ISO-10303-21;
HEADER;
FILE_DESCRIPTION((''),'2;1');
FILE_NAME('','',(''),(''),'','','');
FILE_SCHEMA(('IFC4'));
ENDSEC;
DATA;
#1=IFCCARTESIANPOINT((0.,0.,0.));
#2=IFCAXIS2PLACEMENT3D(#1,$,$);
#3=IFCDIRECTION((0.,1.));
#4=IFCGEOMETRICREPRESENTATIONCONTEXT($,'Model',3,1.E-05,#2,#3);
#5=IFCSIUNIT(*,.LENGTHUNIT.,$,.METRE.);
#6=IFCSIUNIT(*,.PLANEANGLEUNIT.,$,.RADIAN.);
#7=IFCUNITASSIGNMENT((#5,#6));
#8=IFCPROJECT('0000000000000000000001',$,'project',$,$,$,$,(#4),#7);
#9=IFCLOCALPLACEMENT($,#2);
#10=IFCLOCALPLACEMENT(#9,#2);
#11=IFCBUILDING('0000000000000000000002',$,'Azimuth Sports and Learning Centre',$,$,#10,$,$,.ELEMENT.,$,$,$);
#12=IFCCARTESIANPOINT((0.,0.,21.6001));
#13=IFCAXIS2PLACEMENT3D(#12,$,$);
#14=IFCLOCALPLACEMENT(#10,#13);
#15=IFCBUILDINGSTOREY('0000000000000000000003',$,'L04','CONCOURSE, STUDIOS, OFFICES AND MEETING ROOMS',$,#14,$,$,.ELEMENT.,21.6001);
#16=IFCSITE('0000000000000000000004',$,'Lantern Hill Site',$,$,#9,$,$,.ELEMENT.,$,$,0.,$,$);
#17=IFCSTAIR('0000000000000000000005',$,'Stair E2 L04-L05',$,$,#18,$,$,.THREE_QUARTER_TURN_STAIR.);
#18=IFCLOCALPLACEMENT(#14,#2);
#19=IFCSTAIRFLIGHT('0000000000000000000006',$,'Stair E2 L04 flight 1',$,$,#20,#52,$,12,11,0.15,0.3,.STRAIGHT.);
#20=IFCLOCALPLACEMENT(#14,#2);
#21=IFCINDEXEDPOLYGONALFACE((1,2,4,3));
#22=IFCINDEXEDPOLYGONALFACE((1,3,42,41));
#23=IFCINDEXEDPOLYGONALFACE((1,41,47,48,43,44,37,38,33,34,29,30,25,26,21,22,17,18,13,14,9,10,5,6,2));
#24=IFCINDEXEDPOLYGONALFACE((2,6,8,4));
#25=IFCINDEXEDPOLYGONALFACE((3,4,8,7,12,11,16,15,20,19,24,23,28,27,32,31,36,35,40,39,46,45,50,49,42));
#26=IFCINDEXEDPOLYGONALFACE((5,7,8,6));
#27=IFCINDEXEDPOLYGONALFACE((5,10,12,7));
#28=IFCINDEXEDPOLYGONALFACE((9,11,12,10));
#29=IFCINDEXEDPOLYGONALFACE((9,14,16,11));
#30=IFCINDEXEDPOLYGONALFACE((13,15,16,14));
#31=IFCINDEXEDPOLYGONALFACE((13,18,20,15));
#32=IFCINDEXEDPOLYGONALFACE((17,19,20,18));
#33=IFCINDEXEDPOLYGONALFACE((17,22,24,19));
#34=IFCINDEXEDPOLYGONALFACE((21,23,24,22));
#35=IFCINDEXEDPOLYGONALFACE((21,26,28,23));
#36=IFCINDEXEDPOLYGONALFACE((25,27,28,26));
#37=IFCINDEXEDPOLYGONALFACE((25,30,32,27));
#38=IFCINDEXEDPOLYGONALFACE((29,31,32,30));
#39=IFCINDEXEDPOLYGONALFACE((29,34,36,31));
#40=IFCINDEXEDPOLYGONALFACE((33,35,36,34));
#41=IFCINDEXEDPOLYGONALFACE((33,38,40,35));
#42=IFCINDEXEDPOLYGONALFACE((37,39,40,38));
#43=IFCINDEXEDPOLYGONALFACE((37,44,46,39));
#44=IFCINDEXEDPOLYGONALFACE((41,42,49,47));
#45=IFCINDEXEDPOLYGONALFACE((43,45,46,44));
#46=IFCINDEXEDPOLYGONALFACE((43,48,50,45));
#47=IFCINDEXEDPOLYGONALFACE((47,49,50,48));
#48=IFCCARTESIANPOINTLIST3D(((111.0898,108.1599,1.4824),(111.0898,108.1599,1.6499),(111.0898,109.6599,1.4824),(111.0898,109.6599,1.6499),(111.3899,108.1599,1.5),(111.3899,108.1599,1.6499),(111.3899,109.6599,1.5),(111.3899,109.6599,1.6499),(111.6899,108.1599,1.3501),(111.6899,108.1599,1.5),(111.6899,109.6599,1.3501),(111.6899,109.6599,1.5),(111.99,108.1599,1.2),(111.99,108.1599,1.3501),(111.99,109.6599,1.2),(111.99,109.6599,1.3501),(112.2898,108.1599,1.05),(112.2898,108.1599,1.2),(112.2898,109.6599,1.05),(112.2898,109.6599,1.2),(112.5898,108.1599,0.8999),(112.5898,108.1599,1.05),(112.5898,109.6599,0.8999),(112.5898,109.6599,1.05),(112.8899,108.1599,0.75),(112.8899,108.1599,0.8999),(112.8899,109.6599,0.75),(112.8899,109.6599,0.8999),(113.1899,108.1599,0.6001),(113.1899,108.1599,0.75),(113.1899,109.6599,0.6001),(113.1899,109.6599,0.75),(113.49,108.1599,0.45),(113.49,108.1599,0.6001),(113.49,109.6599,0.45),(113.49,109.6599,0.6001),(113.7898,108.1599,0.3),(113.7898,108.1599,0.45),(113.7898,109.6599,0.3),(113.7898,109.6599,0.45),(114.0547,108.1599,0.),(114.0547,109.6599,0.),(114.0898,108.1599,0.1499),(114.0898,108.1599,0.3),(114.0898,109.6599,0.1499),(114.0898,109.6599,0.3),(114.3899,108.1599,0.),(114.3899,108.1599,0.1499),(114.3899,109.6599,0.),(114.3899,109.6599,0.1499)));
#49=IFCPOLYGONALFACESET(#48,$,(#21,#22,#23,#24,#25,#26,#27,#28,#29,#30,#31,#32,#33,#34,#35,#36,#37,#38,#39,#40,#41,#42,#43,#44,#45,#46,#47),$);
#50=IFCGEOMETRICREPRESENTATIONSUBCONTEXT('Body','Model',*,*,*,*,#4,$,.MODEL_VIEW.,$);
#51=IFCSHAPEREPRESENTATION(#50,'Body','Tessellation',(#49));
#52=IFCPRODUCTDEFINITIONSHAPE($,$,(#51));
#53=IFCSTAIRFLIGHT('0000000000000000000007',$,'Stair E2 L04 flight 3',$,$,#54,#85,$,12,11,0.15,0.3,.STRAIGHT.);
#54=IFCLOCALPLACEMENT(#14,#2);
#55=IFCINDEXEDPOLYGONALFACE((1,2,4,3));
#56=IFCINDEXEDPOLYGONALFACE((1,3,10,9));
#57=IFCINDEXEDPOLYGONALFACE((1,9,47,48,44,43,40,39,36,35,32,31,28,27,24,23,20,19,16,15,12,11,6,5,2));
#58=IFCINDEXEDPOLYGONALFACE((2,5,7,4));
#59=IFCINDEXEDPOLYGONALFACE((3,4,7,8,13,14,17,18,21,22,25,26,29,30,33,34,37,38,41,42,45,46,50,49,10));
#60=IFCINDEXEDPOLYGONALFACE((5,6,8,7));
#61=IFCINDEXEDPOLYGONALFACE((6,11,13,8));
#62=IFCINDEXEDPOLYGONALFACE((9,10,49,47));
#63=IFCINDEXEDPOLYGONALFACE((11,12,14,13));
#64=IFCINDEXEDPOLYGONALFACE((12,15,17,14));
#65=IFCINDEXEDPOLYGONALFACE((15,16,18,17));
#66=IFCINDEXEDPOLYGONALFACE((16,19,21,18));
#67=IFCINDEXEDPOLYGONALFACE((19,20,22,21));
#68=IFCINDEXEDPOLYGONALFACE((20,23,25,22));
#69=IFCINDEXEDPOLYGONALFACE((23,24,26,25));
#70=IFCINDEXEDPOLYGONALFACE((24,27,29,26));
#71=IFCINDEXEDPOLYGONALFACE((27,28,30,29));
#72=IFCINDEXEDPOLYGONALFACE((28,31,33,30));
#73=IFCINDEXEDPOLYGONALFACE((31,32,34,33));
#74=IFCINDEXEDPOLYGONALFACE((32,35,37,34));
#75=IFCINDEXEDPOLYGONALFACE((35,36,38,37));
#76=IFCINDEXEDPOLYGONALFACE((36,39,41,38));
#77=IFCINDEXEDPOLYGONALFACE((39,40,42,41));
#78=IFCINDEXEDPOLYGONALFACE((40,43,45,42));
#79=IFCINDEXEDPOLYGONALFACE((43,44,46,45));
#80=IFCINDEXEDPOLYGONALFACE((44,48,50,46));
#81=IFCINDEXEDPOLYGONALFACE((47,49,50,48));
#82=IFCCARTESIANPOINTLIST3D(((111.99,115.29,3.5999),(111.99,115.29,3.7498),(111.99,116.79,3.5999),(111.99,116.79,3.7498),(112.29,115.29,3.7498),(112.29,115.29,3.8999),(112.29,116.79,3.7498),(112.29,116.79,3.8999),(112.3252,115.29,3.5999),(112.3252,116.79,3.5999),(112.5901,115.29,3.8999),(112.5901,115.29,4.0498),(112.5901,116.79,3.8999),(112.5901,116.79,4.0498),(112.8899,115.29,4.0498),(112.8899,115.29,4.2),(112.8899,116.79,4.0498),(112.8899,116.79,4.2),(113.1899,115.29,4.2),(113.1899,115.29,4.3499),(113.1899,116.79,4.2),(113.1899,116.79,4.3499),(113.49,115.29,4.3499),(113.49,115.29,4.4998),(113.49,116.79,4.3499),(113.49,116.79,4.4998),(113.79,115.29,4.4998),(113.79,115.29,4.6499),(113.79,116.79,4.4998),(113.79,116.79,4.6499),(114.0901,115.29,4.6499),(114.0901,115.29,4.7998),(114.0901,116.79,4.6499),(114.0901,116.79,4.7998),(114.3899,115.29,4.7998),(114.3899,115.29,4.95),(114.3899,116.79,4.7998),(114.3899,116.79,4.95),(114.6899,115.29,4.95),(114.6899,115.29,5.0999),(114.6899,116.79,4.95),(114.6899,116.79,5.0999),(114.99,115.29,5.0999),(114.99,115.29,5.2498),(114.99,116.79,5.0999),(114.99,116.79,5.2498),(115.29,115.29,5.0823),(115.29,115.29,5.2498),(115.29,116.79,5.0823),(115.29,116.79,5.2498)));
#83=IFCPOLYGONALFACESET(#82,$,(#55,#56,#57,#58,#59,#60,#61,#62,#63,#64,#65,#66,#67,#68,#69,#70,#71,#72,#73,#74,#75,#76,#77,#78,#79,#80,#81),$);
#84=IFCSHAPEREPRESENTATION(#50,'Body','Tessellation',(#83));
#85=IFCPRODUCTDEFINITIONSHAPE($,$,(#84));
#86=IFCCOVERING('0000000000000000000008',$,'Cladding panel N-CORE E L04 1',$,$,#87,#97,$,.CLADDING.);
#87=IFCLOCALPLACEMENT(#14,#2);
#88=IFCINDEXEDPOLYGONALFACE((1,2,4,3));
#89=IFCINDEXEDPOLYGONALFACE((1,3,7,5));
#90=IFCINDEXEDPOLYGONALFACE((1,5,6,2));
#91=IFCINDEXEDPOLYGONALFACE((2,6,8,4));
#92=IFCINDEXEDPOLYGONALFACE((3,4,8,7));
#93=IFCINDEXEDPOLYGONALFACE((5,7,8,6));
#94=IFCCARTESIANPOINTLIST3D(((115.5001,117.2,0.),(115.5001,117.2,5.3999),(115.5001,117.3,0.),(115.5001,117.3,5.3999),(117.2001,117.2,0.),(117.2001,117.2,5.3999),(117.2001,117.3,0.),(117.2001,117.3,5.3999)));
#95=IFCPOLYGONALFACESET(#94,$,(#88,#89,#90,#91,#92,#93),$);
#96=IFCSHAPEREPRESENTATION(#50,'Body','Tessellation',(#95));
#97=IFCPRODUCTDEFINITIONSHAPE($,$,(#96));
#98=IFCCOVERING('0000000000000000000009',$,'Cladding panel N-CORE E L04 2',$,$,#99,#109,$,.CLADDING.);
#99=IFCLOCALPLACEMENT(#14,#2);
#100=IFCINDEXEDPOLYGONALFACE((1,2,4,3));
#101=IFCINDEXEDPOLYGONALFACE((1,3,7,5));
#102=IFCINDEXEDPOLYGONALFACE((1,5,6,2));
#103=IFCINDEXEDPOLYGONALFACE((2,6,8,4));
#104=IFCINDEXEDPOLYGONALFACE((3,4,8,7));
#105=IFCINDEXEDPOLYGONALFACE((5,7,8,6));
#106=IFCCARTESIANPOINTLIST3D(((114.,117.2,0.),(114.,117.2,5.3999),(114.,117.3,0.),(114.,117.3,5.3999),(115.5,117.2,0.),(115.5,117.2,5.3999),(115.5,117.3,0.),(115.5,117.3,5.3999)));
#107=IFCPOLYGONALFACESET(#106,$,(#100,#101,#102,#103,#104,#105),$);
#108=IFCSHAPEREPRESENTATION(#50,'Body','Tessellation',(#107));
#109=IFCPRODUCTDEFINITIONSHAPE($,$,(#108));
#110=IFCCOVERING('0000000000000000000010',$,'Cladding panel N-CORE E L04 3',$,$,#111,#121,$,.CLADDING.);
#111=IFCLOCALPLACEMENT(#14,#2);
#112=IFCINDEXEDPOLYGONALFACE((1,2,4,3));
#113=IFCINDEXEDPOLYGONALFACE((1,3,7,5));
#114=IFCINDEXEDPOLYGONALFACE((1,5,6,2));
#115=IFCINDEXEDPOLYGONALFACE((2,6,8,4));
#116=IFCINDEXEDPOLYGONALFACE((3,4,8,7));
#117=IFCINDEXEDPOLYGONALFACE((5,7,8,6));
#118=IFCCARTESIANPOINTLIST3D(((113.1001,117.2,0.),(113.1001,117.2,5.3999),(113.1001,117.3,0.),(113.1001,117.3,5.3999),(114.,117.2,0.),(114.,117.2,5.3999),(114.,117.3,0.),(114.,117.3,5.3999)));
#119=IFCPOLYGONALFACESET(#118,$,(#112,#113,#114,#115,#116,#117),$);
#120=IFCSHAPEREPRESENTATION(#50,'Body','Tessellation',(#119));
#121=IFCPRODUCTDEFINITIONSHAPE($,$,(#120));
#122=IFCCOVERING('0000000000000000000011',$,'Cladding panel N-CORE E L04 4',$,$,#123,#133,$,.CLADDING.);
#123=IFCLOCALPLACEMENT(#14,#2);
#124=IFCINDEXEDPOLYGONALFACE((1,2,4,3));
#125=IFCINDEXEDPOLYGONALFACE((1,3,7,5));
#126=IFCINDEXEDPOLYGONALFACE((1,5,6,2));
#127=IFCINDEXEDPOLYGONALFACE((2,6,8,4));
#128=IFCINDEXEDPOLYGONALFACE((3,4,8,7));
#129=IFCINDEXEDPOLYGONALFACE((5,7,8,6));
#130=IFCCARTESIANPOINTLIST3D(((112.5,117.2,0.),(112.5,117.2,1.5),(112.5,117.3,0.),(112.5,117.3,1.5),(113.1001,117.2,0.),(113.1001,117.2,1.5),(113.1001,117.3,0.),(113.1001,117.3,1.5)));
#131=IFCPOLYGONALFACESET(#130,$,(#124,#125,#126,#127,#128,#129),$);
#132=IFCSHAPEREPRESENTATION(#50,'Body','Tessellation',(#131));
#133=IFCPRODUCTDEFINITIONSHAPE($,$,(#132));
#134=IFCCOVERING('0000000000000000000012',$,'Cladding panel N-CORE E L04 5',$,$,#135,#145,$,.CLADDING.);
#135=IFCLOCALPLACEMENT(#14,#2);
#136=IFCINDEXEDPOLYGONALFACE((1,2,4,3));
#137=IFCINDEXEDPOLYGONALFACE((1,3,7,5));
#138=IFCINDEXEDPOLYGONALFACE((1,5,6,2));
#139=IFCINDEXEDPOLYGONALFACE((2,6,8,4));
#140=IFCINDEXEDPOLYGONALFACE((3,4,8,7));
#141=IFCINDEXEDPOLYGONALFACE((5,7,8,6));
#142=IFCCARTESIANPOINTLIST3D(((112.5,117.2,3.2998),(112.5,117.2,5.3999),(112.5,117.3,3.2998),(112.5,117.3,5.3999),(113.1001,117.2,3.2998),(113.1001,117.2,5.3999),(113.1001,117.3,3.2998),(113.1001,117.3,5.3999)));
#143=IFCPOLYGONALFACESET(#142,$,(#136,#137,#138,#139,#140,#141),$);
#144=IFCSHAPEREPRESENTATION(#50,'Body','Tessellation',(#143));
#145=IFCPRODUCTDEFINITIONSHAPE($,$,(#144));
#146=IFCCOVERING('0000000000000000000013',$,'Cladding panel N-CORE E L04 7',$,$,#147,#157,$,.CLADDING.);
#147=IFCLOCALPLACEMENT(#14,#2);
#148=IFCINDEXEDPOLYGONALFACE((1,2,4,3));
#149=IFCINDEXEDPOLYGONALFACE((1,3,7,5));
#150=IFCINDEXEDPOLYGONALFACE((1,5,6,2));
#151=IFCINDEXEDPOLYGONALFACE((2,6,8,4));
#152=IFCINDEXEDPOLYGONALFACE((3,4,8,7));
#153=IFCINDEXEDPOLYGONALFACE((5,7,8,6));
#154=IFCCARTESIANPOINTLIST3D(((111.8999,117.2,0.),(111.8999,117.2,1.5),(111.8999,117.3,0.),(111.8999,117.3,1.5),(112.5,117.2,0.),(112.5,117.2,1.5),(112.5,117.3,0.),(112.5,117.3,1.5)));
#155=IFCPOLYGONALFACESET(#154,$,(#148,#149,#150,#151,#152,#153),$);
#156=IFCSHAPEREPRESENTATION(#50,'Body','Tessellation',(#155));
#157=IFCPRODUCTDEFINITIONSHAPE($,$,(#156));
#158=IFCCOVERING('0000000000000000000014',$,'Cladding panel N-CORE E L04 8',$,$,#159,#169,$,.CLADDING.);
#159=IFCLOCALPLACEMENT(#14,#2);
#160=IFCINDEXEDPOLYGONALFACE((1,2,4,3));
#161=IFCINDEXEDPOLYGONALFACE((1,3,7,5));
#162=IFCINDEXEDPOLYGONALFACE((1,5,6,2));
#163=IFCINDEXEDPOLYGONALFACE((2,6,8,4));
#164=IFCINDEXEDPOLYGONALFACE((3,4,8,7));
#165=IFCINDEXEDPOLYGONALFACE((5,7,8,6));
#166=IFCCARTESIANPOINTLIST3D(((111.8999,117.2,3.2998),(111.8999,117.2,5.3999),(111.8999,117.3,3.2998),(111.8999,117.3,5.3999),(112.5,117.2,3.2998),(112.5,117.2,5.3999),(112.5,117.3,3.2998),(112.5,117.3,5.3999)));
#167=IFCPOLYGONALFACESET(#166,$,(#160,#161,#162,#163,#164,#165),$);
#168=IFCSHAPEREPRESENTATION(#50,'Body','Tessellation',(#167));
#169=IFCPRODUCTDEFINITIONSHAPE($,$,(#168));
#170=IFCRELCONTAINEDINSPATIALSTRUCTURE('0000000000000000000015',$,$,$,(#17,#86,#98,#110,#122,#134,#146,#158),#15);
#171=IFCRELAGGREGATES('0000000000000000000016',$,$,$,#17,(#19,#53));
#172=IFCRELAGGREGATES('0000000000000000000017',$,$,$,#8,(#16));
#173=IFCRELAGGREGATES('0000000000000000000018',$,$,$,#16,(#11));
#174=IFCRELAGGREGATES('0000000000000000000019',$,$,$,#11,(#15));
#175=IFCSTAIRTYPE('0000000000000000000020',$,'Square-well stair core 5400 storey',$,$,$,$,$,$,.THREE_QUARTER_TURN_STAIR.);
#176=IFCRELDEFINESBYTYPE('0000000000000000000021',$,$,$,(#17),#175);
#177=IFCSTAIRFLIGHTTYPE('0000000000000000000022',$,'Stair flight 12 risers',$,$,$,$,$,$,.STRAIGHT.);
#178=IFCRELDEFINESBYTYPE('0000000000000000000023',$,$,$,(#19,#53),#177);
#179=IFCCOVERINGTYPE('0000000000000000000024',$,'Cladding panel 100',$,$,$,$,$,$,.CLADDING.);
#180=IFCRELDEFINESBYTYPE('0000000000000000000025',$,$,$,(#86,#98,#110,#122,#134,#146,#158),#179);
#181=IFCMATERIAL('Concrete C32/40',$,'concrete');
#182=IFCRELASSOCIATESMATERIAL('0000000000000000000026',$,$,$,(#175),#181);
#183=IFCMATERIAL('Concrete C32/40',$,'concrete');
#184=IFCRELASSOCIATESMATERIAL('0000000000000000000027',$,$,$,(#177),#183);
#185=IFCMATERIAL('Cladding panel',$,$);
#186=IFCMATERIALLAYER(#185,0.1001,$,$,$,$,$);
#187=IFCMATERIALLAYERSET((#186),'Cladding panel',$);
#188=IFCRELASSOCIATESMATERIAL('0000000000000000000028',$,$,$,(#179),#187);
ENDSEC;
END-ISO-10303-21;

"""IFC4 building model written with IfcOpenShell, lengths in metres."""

from ifc_helpers import new_model, si_unit, direction, frame, origin, origin_2d, place, context, subcontext, project, spatial, polyline, rectangle, outline, extrude, material, layer, layer_set, type_object, element, aggregate, save


model = new_model("IFC4")

# Units and contexts
model_context = context("Model", 3, precision=1e-05, world=origin(), true_north=direction((0.0, 1.0)))
body_context = subcontext(model_context, "Body", "Model", "MODEL_VIEW")
ifc_project = project(units=[si_unit("LENGTHUNIT", "METRE"), si_unit("PLANEANGLEUNIT", "RADIAN")], contexts=[model_context])

# Site, building, storey
site_placement = place(None, origin())
site = spatial("IfcSite", under=ifc_project, at=site_placement, Name="Lantern Hill Site", CompositionType="ELEMENT", RefElevation=0.0)
building_placement = place(site_placement, origin())
building = spatial("IfcBuilding", under=site, at=building_placement, Name="Azimuth Sports and Learning Centre", CompositionType="ELEMENT")
storey_placement = place(building_placement, frame((0.0, 0.0, 21.6001)))
storey = spatial("IfcBuildingStorey", under=building, at=storey_placement, Name="L04", Description="CONCOURSE, STUDIOS, OFFICES AND MEETING ROOMS", CompositionType="ELEMENT", Elevation=21.6001)

# Stair, stair flights
ifc_material_1 = material(Name="Concrete C32/40", Category="concrete")
stair_type = type_object("IfcStairType", Name="Square-well stair core 5400 storey", PredefinedType="THREE_QUARTER_TURN_STAIR", material=ifc_material_1)
stair_placement = place(storey_placement, origin())
stair = element("IfcStair", 1, at=stair_placement, inside=storey, type_object=stair_type, Name="Stair E2 L04-L05", PredefinedType="THREE_QUARTER_TURN_STAIR")
ifc_material_2 = material(Name="Concrete C32/40", Category="concrete")
stair_flight_type = type_object("IfcStairFlightType", Name="Stair flight 12 risers", PredefinedType="STRAIGHT", material=ifc_material_2)
stair_flight_1_placement = place(storey_placement, frame((114.3899, 108.9099, 0.0), z_axis=(0.0, 0.0, 1.0), x_axis=(-1.0, 0.0, 0.0)))
stair_flight_1 = element("IfcStairFlight", 2, at=stair_flight_1_placement, type_object=stair_flight_type, Name="Stair E2 L04 flight 1", NumberOfRisers=12, NumberOfTreads=11, PredefinedType="STRAIGHT", RiserHeight=0.15, TreadLength=0.3, context=body_context, shape_type="SweptSolid", body=[
    extrude(outline(polyline([(0.0, 0.0), (0.0, 0.1499), (0.3, 0.1499), (0.3, 0.3), (0.6001, 0.3), (0.6001, 0.45), (0.8999, 0.45), (0.8999, 0.6001), (1.2, 0.6001), (1.2, 0.75), (1.5, 0.75), (1.5, 0.8999), (1.8, 0.8999), (1.8, 1.05), (2.1001, 1.05), (2.1001, 1.2), (2.3999, 1.2), (2.3999, 1.3501), (2.7, 1.3501), (2.7, 1.5), (3.0, 1.5), (3.0, 1.6499), (3.3, 1.6499), (3.3, 1.8), (3.3, 1.4824), (0.3352, 0.0), (0.0, 0.0)])), frame((0.0, 0.75, 0.0), z_axis=(0.0, -1.0, 0.0), x_axis=(1.0, 0.0, 0.0)), (0.0, 0.0, 1.0), 1.5),
])
stair_flight_2_placement = place(storey_placement, frame((111.99, 116.04, 3.5999), z_axis=(0.0, 0.0, 1.0), x_axis=(1.0, 0.0, 0.0)))
stair_flight_2 = element("IfcStairFlight", 3, at=stair_flight_2_placement, type_object=stair_flight_type, Name="Stair E2 L04 flight 3", NumberOfRisers=12, NumberOfTreads=11, PredefinedType="STRAIGHT", RiserHeight=0.15, TreadLength=0.3, context=body_context, shape_type="SweptSolid", body=[
    extrude(outline(polyline([(0.0, 0.0), (0.0, 0.1499), (0.3, 0.1499), (0.3, 0.3), (0.6001, 0.3), (0.6001, 0.45), (0.8999, 0.45), (0.8999, 0.6001), (1.2, 0.6001), (1.2, 0.75), (1.5, 0.75), (1.5, 0.8999), (1.8, 0.8999), (1.8, 1.05), (2.1001, 1.05), (2.1001, 1.2), (2.3999, 1.2), (2.3999, 1.3501), (2.7, 1.3501), (2.7, 1.5), (3.0, 1.5), (3.0, 1.6499), (3.3, 1.6499), (3.3, 1.8), (3.3, 1.4824), (0.3352, 0.0), (0.0, 0.0)])), frame((0.0, 0.75, 0.0), z_axis=(0.0, -1.0, 0.0), x_axis=(1.0, 0.0, 0.0)), (0.0, 0.0, 1.0), 1.5),
])
aggregate(stair, [stair_flight_1, stair_flight_2])

# Coverings
ifc_material_3 = material(Name="Cladding panel")
ifc_layer_1 = layer(ifc_material_3, 0.1001)
ifc_layer_set_1 = layer_set([ifc_layer_1], Name="Cladding panel")
covering_type = type_object("IfcCoveringType", Name="Cladding panel 100", PredefinedType="CLADDING", material=ifc_layer_set_1)
covering_1_placement = place(storey_placement, frame((116.3501, 117.25, 0.0), z_axis=(0.0, 0.0, 1.0), x_axis=(-1.0, 0.0, 0.0)))
element("IfcCovering", 4, at=covering_1_placement, inside=storey, type_object=covering_type, Name="Cladding panel N-CORE E L04 1", PredefinedType="CLADDING", context=body_context, shape_type="SweptSolid", body=[
    extrude(rectangle(XDim=1.7, YDim=0.1001, at=origin_2d()), origin(), (0.0, 0.0, 1.0), 5.3999),
])
covering_2_placement = place(storey_placement, frame((114.75, 117.25, 0.0), z_axis=(0.0, 0.0, 1.0), x_axis=(-1.0, 0.0, 0.0)))
element("IfcCovering", 5, at=covering_2_placement, inside=storey, type_object=covering_type, Name="Cladding panel N-CORE E L04 2", PredefinedType="CLADDING", context=body_context, shape_type="SweptSolid", body=[
    extrude(rectangle(XDim=1.5, YDim=0.1001, at=origin_2d()), origin(), (0.0, 0.0, 1.0), 5.3999),
])
covering_3_placement = place(storey_placement, frame((113.55, 117.25, 0.0), z_axis=(0.0, 0.0, 1.0), x_axis=(-1.0, 0.0, 0.0)))
element("IfcCovering", 6, at=covering_3_placement, inside=storey, type_object=covering_type, Name="Cladding panel N-CORE E L04 3", PredefinedType="CLADDING", context=body_context, shape_type="SweptSolid", body=[
    extrude(rectangle(XDim=0.8999, YDim=0.1001, at=origin_2d()), origin(), (0.0, 0.0, 1.0), 5.3999),
])
covering_4_placement = place(storey_placement, frame((112.8, 117.25, 0.0), z_axis=(0.0, 0.0, 1.0), x_axis=(-1.0, 0.0, 0.0)))
element("IfcCovering", 7, at=covering_4_placement, inside=storey, type_object=covering_type, Name="Cladding panel N-CORE E L04 4", PredefinedType="CLADDING", context=body_context, shape_type="SweptSolid", body=[
    extrude(rectangle(XDim=0.6001, YDim=0.1001, at=origin_2d()), origin(), (0.0, 0.0, 1.0), 1.5),
])
covering_5_placement = place(storey_placement, frame((112.8, 117.25, 3.2998), z_axis=(0.0, 0.0, 1.0), x_axis=(-1.0, 0.0, 0.0)))
element("IfcCovering", 8, at=covering_5_placement, inside=storey, type_object=covering_type, Name="Cladding panel N-CORE E L04 5", PredefinedType="CLADDING", context=body_context, shape_type="SweptSolid", body=[
    extrude(rectangle(XDim=0.6001, YDim=0.1001, at=origin_2d()), origin(), (0.0, 0.0, 1.0), 2.1001),
])
covering_6_placement = place(storey_placement, frame((112.2, 117.25, 0.0), z_axis=(0.0, 0.0, 1.0), x_axis=(-1.0, 0.0, 0.0)))
element("IfcCovering", 9, at=covering_6_placement, inside=storey, type_object=covering_type, Name="Cladding panel N-CORE E L04 7", PredefinedType="CLADDING", context=body_context, shape_type="SweptSolid", body=[
    extrude(rectangle(XDim=0.6001, YDim=0.1001, at=origin_2d()), origin(), (0.0, 0.0, 1.0), 1.5),
])
covering_7_placement = place(storey_placement, frame((112.2, 117.25, 3.2998), z_axis=(0.0, 0.0, 1.0), x_axis=(-1.0, 0.0, 0.0)))
element("IfcCovering", 10, at=covering_7_placement, inside=storey, type_object=covering_type, Name="Cladding panel N-CORE E L04 8", PredefinedType="CLADDING", context=body_context, shape_type="SweptSolid", body=[
    extrude(rectangle(XDim=0.6001, YDim=0.1001, at=origin_2d()), origin(), (0.0, 0.0, 1.0), 2.1001),
])

save(model, "model.ifc")
